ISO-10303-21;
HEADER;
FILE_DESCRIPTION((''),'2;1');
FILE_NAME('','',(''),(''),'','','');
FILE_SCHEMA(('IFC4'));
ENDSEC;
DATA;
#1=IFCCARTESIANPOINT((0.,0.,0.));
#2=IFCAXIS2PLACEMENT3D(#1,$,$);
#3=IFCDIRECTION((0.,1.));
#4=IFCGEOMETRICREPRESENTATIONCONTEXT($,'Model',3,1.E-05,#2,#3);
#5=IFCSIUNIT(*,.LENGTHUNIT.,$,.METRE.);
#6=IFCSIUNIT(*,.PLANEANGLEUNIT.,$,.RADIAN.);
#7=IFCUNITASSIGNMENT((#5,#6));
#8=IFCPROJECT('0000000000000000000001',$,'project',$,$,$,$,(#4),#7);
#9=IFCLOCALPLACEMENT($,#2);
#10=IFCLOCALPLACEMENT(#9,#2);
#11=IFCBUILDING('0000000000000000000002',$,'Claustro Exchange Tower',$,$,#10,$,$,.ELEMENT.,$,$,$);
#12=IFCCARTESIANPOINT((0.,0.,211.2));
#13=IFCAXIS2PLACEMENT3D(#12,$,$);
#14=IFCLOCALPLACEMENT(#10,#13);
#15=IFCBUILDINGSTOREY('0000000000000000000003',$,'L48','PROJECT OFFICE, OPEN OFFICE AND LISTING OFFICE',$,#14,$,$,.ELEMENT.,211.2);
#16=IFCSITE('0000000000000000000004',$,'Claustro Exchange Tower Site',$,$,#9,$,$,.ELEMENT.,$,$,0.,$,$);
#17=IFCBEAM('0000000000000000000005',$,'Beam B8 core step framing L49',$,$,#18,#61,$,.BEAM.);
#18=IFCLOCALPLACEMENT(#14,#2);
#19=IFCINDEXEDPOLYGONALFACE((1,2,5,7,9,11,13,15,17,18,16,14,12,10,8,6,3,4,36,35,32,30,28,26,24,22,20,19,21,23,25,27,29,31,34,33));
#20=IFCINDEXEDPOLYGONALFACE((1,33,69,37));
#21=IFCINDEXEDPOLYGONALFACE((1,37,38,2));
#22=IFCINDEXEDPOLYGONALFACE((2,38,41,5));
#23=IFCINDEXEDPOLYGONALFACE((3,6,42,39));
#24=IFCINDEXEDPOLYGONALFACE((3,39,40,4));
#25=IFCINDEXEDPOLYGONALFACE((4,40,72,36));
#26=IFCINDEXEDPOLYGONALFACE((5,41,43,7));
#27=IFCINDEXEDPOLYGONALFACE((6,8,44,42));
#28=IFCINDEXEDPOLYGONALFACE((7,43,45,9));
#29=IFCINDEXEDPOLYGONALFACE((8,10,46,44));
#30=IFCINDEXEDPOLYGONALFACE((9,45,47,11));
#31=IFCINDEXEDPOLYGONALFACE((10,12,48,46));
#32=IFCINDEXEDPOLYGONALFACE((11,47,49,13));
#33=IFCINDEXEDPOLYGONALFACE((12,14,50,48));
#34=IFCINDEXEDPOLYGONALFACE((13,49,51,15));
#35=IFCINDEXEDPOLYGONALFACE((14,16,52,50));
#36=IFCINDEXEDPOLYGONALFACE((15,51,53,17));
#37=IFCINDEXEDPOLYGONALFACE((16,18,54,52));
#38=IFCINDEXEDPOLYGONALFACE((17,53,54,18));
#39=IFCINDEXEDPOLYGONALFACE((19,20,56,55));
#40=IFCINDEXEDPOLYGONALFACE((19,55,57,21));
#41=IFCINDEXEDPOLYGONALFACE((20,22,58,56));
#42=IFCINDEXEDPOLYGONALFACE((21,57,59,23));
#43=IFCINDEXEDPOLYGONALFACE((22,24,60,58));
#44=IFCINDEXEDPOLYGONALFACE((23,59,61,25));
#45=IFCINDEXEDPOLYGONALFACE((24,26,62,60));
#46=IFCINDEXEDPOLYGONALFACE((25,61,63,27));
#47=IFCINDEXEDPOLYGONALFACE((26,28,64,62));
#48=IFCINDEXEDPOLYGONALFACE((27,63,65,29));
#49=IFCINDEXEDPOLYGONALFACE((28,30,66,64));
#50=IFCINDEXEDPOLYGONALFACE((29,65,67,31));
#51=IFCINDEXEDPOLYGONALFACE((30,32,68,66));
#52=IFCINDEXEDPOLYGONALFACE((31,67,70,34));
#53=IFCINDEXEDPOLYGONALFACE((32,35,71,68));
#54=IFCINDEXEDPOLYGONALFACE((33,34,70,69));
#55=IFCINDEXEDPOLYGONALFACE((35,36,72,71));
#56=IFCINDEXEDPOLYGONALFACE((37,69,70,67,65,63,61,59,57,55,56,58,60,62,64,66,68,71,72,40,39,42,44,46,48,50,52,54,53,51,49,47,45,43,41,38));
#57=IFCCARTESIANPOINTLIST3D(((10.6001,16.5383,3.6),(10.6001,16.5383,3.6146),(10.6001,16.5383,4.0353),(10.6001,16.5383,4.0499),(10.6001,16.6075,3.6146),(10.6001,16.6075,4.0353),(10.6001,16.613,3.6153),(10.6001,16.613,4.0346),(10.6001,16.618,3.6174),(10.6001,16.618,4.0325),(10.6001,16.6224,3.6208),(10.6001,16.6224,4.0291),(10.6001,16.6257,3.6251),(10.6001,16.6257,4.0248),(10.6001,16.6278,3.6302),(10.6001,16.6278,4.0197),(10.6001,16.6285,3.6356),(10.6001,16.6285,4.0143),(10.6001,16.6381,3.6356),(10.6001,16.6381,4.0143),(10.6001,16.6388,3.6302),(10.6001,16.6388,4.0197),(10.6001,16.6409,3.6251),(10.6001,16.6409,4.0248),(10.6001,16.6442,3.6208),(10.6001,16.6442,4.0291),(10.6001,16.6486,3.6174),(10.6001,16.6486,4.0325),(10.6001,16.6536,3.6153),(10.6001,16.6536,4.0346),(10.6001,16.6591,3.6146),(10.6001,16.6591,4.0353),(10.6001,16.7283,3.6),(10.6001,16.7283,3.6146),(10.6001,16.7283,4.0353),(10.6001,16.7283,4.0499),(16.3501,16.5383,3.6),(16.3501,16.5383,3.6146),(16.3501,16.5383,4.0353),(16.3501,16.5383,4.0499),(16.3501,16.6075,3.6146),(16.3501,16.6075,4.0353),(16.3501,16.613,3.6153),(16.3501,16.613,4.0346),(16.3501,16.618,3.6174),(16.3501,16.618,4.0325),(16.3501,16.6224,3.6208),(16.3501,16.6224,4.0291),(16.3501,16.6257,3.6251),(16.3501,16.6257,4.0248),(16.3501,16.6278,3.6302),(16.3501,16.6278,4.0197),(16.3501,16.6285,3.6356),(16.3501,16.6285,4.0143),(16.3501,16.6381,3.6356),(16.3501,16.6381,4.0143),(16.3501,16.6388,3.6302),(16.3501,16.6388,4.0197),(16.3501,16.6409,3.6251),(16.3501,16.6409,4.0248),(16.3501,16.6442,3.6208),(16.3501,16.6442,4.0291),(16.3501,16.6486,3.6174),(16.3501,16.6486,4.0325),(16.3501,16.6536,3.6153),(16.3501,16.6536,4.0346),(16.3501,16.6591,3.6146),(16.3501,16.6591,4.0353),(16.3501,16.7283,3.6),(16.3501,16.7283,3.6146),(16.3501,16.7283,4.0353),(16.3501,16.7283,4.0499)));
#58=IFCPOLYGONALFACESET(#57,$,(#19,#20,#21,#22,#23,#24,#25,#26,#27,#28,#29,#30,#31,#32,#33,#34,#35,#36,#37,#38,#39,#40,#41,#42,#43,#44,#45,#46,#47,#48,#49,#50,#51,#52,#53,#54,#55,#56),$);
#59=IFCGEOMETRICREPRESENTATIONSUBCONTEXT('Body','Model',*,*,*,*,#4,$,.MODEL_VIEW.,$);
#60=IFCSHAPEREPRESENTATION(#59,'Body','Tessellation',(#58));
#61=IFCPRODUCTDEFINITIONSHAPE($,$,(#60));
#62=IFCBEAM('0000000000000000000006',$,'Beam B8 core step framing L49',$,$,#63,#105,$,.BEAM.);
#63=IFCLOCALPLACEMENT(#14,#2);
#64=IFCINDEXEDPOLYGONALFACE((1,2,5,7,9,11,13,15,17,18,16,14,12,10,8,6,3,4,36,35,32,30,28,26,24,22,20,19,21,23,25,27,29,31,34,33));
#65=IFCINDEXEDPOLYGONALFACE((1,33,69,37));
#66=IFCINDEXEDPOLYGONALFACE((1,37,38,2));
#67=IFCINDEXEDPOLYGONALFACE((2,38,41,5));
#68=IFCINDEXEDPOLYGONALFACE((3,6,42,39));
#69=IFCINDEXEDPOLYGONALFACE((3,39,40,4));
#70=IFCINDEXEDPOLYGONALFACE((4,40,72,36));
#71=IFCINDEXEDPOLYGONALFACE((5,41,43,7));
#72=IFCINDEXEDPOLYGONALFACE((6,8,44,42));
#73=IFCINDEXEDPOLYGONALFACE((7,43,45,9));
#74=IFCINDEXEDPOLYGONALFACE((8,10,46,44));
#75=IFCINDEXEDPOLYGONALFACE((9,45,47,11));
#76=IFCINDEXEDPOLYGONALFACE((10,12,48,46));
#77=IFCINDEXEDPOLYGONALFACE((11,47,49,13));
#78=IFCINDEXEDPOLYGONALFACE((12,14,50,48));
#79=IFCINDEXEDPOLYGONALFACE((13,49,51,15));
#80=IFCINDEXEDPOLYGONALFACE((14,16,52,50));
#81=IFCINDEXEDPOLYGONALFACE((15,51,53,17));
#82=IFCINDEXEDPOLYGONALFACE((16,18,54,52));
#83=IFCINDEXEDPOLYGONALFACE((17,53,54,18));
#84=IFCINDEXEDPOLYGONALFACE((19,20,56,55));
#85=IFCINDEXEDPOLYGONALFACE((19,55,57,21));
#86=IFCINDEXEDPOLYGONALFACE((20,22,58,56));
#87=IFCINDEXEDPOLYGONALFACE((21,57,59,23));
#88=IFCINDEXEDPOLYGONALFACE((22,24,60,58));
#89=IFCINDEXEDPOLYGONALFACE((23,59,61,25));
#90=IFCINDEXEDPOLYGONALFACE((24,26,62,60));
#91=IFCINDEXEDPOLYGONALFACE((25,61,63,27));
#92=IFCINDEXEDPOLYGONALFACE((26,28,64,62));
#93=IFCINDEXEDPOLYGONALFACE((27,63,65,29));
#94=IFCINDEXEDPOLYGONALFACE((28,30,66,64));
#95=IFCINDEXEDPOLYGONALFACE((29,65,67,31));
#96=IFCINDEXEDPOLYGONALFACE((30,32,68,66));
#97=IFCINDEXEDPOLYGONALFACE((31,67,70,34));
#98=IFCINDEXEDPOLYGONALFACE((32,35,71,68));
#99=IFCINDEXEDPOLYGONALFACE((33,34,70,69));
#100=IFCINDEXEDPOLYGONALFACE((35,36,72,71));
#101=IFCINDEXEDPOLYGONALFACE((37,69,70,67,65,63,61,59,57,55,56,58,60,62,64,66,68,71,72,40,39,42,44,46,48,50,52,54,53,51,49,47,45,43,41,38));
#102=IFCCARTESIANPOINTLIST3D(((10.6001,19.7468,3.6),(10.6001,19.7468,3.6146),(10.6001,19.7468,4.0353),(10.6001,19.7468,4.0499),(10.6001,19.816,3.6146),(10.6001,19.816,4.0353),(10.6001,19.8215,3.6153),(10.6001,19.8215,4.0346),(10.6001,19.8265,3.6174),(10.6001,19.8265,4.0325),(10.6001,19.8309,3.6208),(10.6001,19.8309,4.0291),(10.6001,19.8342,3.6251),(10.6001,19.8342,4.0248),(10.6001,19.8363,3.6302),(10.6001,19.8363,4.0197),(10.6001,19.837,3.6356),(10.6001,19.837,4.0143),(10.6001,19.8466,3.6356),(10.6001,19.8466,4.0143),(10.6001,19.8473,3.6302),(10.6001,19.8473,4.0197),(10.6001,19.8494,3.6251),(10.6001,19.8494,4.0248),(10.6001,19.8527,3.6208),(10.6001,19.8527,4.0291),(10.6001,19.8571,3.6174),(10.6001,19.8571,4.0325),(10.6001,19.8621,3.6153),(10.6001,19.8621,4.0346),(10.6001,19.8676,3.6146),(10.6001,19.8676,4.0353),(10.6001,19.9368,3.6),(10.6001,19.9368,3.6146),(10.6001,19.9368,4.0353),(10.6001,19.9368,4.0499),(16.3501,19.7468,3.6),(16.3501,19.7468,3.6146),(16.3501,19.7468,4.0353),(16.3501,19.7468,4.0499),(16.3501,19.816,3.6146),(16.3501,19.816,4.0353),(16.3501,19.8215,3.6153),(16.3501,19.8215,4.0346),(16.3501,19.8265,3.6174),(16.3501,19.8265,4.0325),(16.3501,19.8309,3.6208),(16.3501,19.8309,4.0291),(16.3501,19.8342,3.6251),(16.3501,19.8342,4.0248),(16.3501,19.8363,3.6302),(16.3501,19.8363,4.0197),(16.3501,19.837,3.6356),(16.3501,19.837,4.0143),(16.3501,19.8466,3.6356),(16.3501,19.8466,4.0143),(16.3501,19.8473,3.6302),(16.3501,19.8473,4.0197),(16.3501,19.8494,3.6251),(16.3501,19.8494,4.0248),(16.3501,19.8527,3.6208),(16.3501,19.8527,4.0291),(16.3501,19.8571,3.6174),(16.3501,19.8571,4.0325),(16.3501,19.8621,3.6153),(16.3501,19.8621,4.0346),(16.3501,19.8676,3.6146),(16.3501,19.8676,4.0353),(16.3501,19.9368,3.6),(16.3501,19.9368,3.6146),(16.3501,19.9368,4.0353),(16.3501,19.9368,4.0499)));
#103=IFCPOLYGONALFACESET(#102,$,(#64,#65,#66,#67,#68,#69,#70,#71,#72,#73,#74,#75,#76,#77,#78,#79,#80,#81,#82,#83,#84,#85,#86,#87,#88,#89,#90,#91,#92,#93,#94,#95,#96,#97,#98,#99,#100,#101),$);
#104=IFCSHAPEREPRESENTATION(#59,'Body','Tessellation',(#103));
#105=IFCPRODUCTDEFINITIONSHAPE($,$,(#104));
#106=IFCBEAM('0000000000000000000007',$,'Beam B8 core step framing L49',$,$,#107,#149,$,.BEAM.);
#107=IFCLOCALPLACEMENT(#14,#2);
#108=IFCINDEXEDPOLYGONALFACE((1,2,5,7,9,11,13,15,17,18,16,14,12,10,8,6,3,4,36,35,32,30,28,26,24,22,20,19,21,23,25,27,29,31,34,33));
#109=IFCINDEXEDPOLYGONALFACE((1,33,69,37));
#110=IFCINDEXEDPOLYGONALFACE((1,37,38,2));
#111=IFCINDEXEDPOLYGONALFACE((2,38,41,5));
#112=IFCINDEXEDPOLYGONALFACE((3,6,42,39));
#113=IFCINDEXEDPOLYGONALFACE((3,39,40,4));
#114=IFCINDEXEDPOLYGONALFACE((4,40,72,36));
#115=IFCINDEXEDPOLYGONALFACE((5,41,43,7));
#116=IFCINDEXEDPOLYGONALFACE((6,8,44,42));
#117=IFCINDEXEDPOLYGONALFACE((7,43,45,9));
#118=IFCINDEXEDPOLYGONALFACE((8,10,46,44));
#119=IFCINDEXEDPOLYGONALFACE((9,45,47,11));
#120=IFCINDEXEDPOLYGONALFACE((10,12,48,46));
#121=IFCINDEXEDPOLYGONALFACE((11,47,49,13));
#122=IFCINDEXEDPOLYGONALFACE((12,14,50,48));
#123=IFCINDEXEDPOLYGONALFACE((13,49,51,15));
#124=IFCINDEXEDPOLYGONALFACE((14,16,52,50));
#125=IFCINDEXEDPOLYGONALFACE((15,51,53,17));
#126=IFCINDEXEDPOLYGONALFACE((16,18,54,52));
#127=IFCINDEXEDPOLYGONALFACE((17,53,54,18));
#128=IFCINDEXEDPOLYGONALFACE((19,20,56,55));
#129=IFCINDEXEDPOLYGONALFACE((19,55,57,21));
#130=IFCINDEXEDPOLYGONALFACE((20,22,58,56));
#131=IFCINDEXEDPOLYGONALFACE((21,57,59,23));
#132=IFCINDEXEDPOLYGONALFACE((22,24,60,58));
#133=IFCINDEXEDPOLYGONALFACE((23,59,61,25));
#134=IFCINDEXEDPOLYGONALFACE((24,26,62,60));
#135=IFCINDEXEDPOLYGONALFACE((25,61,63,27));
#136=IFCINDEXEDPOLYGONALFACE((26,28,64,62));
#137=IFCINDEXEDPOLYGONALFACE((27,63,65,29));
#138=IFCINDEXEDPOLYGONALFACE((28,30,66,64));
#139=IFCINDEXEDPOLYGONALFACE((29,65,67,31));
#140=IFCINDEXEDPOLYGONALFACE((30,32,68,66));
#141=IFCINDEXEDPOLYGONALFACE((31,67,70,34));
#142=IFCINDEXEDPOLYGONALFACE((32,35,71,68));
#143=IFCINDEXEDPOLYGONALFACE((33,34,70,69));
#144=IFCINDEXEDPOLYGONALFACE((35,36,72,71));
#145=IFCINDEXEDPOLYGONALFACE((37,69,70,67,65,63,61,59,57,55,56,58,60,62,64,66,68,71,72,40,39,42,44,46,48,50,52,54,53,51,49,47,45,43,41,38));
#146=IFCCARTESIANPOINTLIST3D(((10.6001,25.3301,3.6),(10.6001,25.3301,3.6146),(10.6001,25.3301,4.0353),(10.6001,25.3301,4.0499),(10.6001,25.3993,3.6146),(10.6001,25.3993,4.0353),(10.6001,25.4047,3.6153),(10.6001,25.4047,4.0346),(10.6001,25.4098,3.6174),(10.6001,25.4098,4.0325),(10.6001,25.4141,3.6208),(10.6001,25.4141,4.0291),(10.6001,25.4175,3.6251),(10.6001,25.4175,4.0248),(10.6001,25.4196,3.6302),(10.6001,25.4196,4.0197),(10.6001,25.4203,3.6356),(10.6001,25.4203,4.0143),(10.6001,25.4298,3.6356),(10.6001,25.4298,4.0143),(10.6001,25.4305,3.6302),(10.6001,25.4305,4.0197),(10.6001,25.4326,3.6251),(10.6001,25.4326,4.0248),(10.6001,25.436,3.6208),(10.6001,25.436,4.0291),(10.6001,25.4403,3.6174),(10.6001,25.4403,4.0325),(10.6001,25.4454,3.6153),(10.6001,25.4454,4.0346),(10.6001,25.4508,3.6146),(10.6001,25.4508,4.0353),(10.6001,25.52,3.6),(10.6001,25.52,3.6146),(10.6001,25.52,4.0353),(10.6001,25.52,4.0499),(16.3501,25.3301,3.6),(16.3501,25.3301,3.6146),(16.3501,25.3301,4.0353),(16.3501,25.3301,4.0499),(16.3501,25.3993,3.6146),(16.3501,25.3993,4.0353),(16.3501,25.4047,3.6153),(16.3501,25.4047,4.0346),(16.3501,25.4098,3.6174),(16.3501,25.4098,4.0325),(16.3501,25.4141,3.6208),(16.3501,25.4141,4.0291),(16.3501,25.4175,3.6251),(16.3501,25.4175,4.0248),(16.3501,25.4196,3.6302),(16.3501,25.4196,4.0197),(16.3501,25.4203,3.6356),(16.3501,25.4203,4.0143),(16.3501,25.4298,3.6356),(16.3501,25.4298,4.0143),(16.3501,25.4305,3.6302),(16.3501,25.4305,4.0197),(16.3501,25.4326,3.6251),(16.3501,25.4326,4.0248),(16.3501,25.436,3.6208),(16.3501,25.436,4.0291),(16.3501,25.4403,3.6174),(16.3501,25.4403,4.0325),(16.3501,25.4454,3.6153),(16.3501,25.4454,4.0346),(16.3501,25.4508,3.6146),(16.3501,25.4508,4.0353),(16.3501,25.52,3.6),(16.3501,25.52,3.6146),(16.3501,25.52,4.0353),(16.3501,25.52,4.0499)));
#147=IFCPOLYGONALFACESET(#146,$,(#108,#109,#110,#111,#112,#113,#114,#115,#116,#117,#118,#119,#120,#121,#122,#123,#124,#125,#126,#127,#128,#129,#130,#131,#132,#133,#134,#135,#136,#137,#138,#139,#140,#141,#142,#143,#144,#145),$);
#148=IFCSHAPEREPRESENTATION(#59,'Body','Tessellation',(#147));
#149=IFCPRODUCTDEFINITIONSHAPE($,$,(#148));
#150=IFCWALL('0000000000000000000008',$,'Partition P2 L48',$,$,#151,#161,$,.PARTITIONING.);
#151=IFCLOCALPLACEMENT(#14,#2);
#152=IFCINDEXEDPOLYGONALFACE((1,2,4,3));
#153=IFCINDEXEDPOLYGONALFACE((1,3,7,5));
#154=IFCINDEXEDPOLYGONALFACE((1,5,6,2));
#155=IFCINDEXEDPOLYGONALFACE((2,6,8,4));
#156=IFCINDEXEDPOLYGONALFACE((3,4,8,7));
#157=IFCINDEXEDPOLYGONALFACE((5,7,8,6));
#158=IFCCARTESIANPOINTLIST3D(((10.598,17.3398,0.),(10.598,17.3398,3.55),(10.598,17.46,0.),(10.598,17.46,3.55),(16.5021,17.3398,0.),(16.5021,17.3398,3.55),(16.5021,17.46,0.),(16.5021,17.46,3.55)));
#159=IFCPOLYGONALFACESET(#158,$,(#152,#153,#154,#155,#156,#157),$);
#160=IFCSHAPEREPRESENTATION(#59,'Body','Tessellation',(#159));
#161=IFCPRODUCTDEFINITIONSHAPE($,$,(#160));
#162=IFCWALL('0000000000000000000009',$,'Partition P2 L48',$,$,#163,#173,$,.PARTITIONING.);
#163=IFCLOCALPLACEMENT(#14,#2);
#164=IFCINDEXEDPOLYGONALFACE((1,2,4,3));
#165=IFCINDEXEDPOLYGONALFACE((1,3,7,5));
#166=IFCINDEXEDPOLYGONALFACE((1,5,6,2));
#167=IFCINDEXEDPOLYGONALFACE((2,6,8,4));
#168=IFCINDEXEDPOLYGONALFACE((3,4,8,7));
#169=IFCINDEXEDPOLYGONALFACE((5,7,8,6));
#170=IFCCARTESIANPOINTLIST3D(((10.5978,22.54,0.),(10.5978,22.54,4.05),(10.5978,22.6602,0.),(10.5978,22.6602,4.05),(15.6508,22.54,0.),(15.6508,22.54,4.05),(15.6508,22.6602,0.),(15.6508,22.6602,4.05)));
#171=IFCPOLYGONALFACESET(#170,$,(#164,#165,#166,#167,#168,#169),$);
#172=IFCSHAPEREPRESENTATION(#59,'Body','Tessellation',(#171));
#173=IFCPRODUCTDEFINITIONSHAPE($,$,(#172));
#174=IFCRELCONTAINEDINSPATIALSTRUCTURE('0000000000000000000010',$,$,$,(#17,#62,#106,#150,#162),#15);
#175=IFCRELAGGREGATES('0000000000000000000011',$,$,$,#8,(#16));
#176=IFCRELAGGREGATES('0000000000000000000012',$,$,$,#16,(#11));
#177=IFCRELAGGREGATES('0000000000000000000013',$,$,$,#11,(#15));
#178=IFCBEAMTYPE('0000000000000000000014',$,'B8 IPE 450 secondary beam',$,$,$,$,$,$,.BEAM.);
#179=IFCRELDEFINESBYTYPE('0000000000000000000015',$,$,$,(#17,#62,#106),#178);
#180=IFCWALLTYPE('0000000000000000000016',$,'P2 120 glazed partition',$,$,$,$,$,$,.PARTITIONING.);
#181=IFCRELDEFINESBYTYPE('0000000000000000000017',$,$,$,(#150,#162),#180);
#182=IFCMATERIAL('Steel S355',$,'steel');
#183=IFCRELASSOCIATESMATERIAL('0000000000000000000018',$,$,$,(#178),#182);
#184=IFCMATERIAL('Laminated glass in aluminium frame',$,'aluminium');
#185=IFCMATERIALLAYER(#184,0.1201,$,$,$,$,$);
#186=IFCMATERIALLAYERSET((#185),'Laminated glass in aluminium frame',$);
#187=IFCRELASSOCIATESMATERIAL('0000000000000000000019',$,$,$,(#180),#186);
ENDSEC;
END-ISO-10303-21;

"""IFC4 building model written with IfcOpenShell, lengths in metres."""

from ifc_helpers import new_model, si_unit, direction, frame, frame_2d, origin, origin_2d, place, context, subcontext, project, spatial, rectangle, i_section, extrude, material, layer, layer_set, material_profile, profile_set, type_object, element, save


model = new_model("IFC4")

# Units and contexts
model_context = context("Model", 3, precision=1e-05, world=origin(), true_north=direction((0.0, 1.0)))
body_context = subcontext(model_context, "Body", "Model", "MODEL_VIEW")
ifc_project = project(units=[si_unit("LENGTHUNIT", "METRE"), si_unit("PLANEANGLEUNIT", "RADIAN")], contexts=[model_context])

# Site, building, storey
site_placement = place(None, origin())
site = spatial("IfcSite", under=ifc_project, at=site_placement, Name="Claustro Exchange Tower Site", CompositionType="ELEMENT", RefElevation=0.0)
building_placement = place(site_placement, origin())
building = spatial("IfcBuilding", under=site, at=building_placement, Name="Claustro Exchange Tower", CompositionType="ELEMENT")
storey_placement = place(building_placement, frame((0.0, 0.0, 211.2)))
storey = spatial("IfcBuildingStorey", under=building, at=storey_placement, Name="L48", Description="PROJECT OFFICE, OPEN OFFICE AND LISTING OFFICE", CompositionType="ELEMENT", Elevation=211.2)

# Beams
ifc_material_1 = material(Name="Steel S355", Category="steel")
ifc_material_profile_1 = material_profile(ifc_material_1, i_section(OverallWidth=0.1899, OverallDepth=0.45, WebThickness=0.0095, FlangeThickness=0.0146, FilletRadius=0.021, at=origin_2d()), Name="IPE 450")
ifc_profile_set_1 = profile_set([ifc_material_profile_1], Name="Steel S355")
beam_type_1 = type_object("IfcBeamType", Name="B8 IPE 450 secondary beam", PredefinedType="BEAM", material=ifc_profile_set_1)
for number, where, z_axis, x_axis, name in (
    (1, (10.6001, 16.6333, 3.825), (1.0, 0.0, 0.0), (0.0, 1.0, 0.0), "Beam B8 core step framing L49"),
    (2, (10.6001, 19.8418, 3.825), (1.0, 0.0, 0.0), (0.0, 1.0, 0.0), "Beam B8 core step framing L49"),
    (3, (10.6001, 25.425, 3.825), (1.0, 0.0, 0.0), (0.0, 1.0, 0.0), "Beam B8 core step framing L49"),
):
    element("IfcBeam", number, at=place(storey_placement, frame(where, z_axis=z_axis, x_axis=x_axis)), inside=storey, type_object=beam_type_1, Name=name, PredefinedType="BEAM", context=body_context, shape_type="SweptSolid", body=[
        extrude(i_section(OverallWidth=0.1899, OverallDepth=0.45, WebThickness=0.0095, FlangeThickness=0.0146, FilletRadius=0.021, at=origin_2d()), origin(), (0.0, 0.0, 1.0), 5.75),
    ])

# Walls
ifc_material_2 = material(Name="Laminated glass in aluminium frame", Category="aluminium")
ifc_layer_1 = layer(ifc_material_2, 0.1201)
ifc_layer_set_1 = layer_set([ifc_layer_1], Name="Laminated glass in aluminium frame")
wall_type_1 = type_object("IfcWallType", Name="P2 120 glazed partition", PredefinedType="PARTITIONING", material=ifc_layer_set_1)
wall_1_placement = place(storey_placement, frame((10.5979, 17.3999, 0.0), z_axis=(0.0, 0.0, 1.0), x_axis=(1.0, 0.0, 0.0)))
element("IfcWall", 4, at=wall_1_placement, inside=storey, type_object=wall_type_1, Name="Partition P2 L48", PredefinedType="PARTITIONING", context=body_context, shape_type="SweptSolid", body=[
    extrude(rectangle(XDim=5.9041, YDim=0.1201, at=frame_2d((2.9521, 0.0))), origin(), (0.0, 0.0, 1.0), 3.55),
])
wall_2_placement = place(storey_placement, frame((10.5979, 22.6001, 0.0), z_axis=(0.0, 0.0, 1.0), x_axis=(1.0, 0.0, 0.0)))
element("IfcWall", 5, at=wall_2_placement, inside=storey, type_object=wall_type_1, Name="Partition P2 L48", PredefinedType="PARTITIONING", context=body_context, shape_type="SweptSolid", body=[
    extrude(rectangle(XDim=5.053, YDim=0.1201, at=frame_2d((2.5264, 0.0))), origin(), (0.0, 0.0, 1.0), 4.05),
])

save(model, "model.ifc")
